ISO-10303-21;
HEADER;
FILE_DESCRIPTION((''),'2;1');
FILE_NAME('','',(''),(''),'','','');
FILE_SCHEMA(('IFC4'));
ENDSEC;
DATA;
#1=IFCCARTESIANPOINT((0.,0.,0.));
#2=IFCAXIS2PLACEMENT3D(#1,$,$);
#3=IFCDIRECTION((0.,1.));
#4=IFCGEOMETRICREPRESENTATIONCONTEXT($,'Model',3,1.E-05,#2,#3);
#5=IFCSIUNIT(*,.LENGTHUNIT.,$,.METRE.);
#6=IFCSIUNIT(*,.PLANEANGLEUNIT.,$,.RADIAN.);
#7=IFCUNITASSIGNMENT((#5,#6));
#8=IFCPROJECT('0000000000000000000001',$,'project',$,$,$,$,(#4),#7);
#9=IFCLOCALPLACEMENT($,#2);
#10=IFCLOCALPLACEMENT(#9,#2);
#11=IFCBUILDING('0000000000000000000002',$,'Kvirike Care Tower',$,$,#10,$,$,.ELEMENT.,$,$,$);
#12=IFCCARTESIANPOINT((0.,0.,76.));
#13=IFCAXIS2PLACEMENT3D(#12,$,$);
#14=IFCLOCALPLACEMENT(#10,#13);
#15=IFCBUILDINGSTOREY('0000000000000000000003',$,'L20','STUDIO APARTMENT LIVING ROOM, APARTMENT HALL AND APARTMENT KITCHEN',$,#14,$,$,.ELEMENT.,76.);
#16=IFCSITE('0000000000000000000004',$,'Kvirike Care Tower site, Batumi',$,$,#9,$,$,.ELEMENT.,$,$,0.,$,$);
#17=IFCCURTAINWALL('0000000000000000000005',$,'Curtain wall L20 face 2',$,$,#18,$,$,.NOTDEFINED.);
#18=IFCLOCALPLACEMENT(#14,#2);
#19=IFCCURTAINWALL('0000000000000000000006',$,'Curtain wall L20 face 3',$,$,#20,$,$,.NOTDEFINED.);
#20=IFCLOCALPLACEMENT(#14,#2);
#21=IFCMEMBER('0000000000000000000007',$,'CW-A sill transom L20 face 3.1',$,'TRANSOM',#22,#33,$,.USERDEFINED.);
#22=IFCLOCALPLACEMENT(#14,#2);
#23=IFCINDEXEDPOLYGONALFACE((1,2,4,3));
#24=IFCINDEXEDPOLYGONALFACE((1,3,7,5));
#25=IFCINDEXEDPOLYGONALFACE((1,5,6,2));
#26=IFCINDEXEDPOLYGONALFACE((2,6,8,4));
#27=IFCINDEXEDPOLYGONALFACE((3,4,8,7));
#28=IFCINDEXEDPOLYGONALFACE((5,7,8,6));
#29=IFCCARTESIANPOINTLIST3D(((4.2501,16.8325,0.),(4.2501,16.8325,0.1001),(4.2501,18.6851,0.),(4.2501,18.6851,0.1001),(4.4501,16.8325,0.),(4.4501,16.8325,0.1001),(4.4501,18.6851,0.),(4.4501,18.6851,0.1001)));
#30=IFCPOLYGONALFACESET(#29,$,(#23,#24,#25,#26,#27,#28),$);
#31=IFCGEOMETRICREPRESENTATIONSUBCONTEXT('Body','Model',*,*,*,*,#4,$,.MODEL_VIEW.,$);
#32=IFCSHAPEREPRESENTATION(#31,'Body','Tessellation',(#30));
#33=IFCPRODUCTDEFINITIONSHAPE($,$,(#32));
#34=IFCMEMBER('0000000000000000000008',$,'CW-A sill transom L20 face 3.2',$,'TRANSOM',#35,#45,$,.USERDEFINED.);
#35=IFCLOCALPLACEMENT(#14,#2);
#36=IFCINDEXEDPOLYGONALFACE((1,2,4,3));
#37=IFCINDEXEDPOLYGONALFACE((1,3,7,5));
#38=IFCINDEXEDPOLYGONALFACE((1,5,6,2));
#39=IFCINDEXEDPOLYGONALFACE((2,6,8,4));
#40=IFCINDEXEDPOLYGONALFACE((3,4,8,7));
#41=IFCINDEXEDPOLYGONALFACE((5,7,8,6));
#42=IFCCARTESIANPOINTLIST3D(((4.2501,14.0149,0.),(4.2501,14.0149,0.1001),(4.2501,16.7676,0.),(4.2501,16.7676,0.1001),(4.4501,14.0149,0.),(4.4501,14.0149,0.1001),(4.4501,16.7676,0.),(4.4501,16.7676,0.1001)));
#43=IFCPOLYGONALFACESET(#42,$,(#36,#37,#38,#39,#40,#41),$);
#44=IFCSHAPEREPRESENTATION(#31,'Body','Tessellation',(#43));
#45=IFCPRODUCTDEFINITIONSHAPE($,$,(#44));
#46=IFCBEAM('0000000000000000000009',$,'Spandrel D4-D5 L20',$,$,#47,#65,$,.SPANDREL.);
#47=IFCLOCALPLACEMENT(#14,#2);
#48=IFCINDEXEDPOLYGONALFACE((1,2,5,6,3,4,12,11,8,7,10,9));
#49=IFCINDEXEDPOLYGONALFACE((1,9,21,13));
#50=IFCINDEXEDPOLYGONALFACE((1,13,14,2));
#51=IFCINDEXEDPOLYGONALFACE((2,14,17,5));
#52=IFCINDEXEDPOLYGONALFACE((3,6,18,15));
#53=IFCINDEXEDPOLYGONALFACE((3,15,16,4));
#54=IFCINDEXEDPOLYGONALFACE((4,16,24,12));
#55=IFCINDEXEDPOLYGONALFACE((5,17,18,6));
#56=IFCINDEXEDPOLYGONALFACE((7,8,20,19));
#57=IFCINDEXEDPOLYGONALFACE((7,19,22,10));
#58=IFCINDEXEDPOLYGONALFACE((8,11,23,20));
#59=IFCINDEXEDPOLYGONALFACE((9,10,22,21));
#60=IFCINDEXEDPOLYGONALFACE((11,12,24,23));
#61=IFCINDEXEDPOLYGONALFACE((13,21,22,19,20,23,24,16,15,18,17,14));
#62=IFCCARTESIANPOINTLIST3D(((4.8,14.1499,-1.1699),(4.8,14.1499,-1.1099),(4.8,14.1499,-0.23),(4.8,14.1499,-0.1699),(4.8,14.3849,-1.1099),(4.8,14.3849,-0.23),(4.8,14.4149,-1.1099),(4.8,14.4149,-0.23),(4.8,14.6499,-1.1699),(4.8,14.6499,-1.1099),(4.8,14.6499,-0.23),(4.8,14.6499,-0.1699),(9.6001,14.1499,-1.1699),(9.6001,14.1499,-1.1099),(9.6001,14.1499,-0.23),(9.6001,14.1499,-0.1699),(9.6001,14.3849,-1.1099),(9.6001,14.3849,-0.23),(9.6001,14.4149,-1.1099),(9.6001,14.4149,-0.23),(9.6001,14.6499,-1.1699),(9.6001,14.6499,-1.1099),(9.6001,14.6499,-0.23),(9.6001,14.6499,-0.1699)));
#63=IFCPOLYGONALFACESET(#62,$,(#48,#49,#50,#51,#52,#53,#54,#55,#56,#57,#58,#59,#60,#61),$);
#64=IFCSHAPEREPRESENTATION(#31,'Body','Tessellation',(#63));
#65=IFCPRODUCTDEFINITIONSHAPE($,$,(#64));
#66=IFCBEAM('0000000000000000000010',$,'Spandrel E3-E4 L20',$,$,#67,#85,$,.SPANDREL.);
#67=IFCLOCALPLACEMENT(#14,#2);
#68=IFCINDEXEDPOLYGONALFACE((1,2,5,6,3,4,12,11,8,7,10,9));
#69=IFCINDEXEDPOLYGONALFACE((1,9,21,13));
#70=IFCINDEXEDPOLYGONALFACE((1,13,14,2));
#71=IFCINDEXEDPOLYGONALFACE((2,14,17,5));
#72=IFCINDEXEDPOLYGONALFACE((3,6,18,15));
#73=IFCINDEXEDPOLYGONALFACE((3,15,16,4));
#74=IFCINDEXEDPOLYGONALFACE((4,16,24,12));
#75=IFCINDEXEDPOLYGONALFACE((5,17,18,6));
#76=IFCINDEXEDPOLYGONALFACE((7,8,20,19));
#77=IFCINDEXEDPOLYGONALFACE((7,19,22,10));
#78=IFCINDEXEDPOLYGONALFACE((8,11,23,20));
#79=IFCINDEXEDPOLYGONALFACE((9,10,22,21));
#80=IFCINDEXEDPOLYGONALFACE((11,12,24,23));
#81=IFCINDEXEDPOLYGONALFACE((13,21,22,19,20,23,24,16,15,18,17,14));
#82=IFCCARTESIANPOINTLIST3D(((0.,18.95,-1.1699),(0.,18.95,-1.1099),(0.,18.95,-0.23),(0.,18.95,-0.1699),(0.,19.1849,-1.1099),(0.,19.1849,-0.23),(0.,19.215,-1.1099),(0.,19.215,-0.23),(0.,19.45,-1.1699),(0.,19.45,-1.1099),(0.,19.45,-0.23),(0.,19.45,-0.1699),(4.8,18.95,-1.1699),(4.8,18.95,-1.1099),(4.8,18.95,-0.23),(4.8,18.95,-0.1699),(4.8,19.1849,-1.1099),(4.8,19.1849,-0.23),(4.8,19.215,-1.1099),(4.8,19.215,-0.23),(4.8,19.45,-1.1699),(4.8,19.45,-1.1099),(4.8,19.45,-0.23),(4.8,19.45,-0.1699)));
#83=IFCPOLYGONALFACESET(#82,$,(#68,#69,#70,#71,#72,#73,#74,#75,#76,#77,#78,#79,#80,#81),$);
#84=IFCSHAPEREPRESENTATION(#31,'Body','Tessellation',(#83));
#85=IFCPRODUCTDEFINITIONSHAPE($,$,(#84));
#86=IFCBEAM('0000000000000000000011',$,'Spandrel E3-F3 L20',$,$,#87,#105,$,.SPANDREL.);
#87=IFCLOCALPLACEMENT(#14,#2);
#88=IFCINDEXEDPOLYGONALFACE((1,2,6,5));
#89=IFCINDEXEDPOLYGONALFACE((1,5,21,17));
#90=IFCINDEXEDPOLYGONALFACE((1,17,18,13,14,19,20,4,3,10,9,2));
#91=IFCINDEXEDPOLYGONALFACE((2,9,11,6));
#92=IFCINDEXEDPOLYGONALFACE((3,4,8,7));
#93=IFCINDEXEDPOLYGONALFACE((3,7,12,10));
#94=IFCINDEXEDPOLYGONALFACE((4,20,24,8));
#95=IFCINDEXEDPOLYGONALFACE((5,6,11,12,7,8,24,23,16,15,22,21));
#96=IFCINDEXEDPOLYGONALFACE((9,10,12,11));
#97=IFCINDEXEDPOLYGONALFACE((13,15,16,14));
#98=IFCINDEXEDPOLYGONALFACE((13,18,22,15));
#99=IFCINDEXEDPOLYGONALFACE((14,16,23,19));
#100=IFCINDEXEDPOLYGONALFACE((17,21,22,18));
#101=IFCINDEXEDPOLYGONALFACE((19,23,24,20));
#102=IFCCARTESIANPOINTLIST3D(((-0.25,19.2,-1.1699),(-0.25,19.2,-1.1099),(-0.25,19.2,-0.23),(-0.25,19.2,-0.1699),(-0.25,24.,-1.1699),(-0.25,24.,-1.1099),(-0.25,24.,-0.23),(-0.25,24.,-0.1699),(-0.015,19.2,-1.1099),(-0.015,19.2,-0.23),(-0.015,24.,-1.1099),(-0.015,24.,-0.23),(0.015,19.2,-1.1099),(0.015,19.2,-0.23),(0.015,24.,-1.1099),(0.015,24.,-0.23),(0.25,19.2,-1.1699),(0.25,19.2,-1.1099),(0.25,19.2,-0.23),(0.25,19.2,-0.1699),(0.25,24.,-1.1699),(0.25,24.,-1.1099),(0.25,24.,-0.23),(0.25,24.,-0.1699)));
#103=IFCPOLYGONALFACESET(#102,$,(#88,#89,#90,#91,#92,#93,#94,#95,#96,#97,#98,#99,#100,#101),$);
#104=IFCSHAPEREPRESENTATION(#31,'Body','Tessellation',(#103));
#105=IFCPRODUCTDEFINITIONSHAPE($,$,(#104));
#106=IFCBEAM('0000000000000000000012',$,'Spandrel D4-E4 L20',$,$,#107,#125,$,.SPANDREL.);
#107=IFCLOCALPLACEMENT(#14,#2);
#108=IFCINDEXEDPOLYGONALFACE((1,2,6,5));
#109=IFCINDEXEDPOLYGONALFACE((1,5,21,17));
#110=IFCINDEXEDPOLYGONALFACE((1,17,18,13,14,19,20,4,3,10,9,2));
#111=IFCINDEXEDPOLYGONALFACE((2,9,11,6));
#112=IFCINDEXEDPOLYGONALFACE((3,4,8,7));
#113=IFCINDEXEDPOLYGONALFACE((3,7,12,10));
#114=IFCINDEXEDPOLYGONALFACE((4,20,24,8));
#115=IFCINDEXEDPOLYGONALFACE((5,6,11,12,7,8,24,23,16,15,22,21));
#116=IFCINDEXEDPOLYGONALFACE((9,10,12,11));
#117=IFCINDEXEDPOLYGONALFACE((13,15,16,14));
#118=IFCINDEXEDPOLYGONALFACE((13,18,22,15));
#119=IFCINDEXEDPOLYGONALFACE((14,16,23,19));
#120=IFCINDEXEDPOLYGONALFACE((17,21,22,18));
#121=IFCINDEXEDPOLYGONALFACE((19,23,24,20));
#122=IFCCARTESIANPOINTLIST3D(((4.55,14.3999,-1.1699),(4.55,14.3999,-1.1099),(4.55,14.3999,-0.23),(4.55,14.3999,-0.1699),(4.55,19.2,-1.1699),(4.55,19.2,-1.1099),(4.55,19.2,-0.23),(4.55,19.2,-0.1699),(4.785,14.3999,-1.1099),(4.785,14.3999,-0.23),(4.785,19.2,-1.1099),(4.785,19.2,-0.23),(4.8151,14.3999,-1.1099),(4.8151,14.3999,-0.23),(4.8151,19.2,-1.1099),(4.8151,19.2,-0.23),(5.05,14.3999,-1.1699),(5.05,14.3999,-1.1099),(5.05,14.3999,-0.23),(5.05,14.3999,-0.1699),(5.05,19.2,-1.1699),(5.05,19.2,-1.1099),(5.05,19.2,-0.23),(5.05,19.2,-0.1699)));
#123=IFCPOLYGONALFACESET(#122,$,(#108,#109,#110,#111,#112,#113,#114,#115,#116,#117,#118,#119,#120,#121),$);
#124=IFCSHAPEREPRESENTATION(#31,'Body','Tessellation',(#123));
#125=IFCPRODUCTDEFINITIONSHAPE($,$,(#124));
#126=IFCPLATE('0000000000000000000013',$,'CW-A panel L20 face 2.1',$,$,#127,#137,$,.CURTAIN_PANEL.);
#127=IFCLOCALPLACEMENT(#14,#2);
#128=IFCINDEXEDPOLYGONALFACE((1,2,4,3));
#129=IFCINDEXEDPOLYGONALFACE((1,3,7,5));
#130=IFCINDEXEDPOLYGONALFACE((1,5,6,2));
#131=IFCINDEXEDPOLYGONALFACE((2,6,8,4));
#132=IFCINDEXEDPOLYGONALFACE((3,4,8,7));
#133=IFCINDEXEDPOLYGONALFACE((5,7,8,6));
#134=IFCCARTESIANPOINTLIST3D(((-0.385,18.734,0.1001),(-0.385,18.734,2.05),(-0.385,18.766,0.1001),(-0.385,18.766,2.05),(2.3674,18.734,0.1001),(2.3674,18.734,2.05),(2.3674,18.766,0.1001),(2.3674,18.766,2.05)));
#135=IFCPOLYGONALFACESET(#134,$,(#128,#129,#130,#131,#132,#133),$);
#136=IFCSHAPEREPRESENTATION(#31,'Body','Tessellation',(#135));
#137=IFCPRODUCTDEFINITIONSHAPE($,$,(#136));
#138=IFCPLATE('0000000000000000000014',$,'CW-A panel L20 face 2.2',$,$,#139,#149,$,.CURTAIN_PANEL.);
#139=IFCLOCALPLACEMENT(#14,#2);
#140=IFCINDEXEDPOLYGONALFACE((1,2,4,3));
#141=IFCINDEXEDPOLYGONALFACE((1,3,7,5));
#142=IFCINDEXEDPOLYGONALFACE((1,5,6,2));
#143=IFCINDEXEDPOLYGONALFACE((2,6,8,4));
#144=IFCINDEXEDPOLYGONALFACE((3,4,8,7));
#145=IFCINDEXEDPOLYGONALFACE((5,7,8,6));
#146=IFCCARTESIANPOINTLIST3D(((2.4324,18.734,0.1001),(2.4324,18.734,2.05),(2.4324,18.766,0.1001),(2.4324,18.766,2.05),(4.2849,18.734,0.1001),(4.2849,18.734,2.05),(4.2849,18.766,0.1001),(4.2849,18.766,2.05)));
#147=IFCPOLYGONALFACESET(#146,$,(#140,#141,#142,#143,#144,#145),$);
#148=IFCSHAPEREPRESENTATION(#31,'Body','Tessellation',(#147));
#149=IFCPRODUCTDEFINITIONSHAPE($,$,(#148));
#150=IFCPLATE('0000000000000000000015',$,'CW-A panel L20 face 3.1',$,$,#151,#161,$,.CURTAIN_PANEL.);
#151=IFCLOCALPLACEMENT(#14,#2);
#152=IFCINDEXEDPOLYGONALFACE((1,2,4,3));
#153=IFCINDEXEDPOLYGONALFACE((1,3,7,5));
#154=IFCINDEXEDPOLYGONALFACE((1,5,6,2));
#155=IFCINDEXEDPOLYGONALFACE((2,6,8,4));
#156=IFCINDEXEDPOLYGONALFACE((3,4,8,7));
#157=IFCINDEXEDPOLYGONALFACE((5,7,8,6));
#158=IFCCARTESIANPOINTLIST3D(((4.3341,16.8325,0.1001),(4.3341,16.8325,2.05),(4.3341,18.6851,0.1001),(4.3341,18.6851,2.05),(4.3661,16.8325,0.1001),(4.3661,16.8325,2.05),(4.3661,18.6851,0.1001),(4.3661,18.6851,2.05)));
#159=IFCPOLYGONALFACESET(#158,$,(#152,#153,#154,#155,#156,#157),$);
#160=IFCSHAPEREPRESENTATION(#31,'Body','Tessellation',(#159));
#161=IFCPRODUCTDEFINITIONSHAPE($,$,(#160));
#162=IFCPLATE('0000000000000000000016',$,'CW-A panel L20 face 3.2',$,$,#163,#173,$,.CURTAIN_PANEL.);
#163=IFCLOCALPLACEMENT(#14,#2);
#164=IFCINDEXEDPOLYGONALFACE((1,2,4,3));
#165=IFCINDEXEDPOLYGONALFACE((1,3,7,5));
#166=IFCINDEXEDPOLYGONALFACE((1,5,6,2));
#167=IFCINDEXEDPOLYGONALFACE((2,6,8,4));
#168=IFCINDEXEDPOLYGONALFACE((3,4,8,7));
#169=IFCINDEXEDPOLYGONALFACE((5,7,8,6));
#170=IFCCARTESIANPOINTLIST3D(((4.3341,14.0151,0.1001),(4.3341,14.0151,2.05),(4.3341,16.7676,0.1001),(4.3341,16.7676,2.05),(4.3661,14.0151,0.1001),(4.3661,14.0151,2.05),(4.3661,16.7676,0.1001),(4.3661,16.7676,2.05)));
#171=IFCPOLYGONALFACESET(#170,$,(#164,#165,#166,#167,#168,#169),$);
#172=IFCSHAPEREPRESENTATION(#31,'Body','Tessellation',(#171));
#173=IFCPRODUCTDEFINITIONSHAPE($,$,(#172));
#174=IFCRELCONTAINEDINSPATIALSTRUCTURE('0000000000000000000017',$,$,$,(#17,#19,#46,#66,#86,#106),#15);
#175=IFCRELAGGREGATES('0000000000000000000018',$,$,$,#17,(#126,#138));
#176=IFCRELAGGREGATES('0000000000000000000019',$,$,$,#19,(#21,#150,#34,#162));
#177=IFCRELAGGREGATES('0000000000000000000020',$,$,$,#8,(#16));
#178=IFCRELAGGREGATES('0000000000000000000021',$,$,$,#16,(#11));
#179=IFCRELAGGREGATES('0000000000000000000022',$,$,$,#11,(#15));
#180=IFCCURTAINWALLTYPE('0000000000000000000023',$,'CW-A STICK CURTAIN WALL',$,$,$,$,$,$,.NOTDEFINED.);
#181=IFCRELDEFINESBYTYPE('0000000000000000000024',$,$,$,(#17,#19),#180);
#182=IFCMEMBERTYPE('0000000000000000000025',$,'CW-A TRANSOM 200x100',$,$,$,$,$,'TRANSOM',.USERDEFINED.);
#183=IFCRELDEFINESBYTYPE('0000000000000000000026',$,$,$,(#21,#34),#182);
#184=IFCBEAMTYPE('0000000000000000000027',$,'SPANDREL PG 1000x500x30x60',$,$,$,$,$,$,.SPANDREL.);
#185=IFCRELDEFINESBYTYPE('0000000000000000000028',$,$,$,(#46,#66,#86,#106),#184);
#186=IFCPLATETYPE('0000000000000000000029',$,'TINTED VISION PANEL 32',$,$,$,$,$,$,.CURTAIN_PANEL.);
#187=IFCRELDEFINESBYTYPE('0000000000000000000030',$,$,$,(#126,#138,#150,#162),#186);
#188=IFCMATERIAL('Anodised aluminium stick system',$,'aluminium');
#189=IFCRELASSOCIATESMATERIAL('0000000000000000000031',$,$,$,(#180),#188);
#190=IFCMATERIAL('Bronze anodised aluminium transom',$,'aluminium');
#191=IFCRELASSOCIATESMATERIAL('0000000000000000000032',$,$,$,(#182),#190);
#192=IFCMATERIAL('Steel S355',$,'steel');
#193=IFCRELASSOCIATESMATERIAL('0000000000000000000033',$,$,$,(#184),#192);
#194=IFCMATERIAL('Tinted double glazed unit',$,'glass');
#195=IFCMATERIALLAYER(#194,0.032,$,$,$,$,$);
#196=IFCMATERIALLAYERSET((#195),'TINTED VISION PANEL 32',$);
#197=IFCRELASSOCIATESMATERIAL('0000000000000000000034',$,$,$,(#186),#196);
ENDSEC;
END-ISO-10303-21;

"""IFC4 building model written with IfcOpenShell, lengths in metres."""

from ifc_helpers import new_model, si_unit, direction, frame, origin, origin_2d, place, context, subcontext, project, spatial, rectangle, i_section, extrude, material, layer, layer_set, material_profile, profile_set, type_object, element, aggregate, save


model = new_model("IFC4")

# Units and contexts
model_context = context("Model", 3, precision=1e-05, world=origin(), true_north=direction((0.0, 1.0)))
body_context = subcontext(model_context, "Body", "Model", "MODEL_VIEW")
ifc_project = project(units=[si_unit("LENGTHUNIT", "METRE"), si_unit("PLANEANGLEUNIT", "RADIAN")], contexts=[model_context])

# Site, building, storey
site_placement = place(None, origin())
site = spatial("IfcSite", under=ifc_project, at=site_placement, Name="Kvirike Care Tower site, Batumi", CompositionType="ELEMENT", RefElevation=0.0)
building_placement = place(site_placement, origin())
building = spatial("IfcBuilding", under=site, at=building_placement, Name="Kvirike Care Tower", CompositionType="ELEMENT")
storey_placement = place(building_placement, frame((0.0, 0.0, 76.0)))
storey = spatial("IfcBuildingStorey", under=building, at=storey_placement, Name="L20", Description="STUDIO APARTMENT LIVING ROOM, APARTMENT HALL AND APARTMENT KITCHEN", CompositionType="ELEMENT", Elevation=76.0)

# Curtain walls
ifc_material_1 = material(Name="Anodised aluminium stick system", Category="aluminium")
curtain_wall_type = type_object("IfcCurtainWallType", Name="CW-A STICK CURTAIN WALL", PredefinedType="NOTDEFINED", material=ifc_material_1)
curtain_wall_1_placement = place(storey_placement, origin())
curtain_wall_1 = element("IfcCurtainWall", 1, at=curtain_wall_1_placement, inside=storey, type_object=curtain_wall_type, Name="Curtain wall L20 face 2", PredefinedType="NOTDEFINED")
curtain_wall_2_placement = place(storey_placement, origin())
curtain_wall_2 = element("IfcCurtainWall", 2, at=curtain_wall_2_placement, inside=storey, type_object=curtain_wall_type, Name="Curtain wall L20 face 3", PredefinedType="NOTDEFINED")

# Members
ifc_material_2 = material(Name="Bronze anodised aluminium transom", Category="aluminium")
ifc_material_profile_1 = material_profile(ifc_material_2, rectangle(XDim=0.2, YDim=0.1001, at=origin_2d()), Name="CW-A TRANSOM 200x100")
ifc_profile_set_1 = profile_set([ifc_material_profile_1], Name="Bronze anodised aluminium transom")
member_type_1 = type_object("IfcMemberType", Name="CW-A TRANSOM 200x100", ElementType="TRANSOM", PredefinedType="USERDEFINED", material=ifc_profile_set_1)
member_1_placement = place(storey_placement, frame((4.3501, 18.6851, 0.05), z_axis=(0.0, -1.0, 0.0), x_axis=(1.0, 0.0, 0.0)))
member_1 = element("IfcMember", 3, at=member_1_placement, type_object=member_type_1, Name="CW-A sill transom L20 face 3.1", ObjectType="TRANSOM", PredefinedType="USERDEFINED", context=body_context, shape_type="SweptSolid", body=[
    extrude(rectangle(XDim=0.2, YDim=0.1001, at=origin_2d()), origin(), (0.0, 0.0, 1.0), 1.8525),
])
member_2_placement = place(storey_placement, frame((4.3501, 16.7676, 0.05), z_axis=(0.0, -1.0, 0.0), x_axis=(1.0, 0.0, 0.0)))
member_2 = element("IfcMember", 4, at=member_2_placement, type_object=member_type_1, Name="CW-A sill transom L20 face 3.2", ObjectType="TRANSOM", PredefinedType="USERDEFINED", context=body_context, shape_type="SweptSolid", body=[
    extrude(rectangle(XDim=0.2, YDim=0.1001, at=origin_2d()), origin(), (0.0, 0.0, 1.0), 2.7527),
])

# Beams
ifc_material_3 = material(Name="Steel S355", Category="steel")
ifc_material_profile_2 = material_profile(ifc_material_3, i_section(OverallWidth=0.5, OverallDepth=1.0, WebThickness=0.03, FlangeThickness=0.0601, at=origin_2d()), Name="PG 1000x500x30x60")
ifc_profile_set_2 = profile_set([ifc_material_profile_2], Name="Steel S355")
beam_type = type_object("IfcBeamType", Name="SPANDREL PG 1000x500x30x60", PredefinedType="SPANDREL", material=ifc_profile_set_2)
for number, where, z_axis, x_axis, name in (
    (5, (4.8, 14.3999, -0.6699), (1.0, 0.0, 0.0), (0.0, 1.0, 0.0), "Spandrel D4-D5 L20"),
    (6, (0.0, 19.2, -0.6699), (1.0, 0.0, 0.0), (0.0, 1.0, 0.0), "Spandrel E3-E4 L20"),
    (7, (0.0, 19.2, -0.6699), (0.0, 1.0, 0.0), (-1.0, 0.0, 0.0), "Spandrel E3-F3 L20"),
    (8, (4.8, 14.3999, -0.6699), (0.0, 1.0, 0.0), (-1.0, 0.0, 0.0), "Spandrel D4-E4 L20"),
):
    element("IfcBeam", number, at=place(storey_placement, frame(where, z_axis=z_axis, x_axis=x_axis)), inside=storey, type_object=beam_type, Name=name, PredefinedType="SPANDREL", context=body_context, shape_type="SweptSolid", body=[
        extrude(i_section(OverallWidth=0.5, OverallDepth=1.0, WebThickness=0.03, FlangeThickness=0.0601, at=origin_2d()), origin(), (0.0, 0.0, 1.0), 4.8),
    ])

# Plates
ifc_material_4 = material(Name="Tinted double glazed unit", Category="glass")
ifc_layer = layer(ifc_material_4, 0.032)
ifc_layer_set = layer_set([ifc_layer], Name="TINTED VISION PANEL 32")
plate_type = type_object("IfcPlateType", Name="TINTED VISION PANEL 32", PredefinedType="CURTAIN_PANEL", material=ifc_layer_set)
plate_1_placement = place(storey_placement, frame((0.9912, 18.75, 0.1001), z_axis=(0.0, 0.0, 1.0), x_axis=(1.0, 0.0, 0.0)))
plate_1 = element("IfcPlate", 9, at=plate_1_placement, type_object=plate_type, Name="CW-A panel L20 face 2.1", PredefinedType="CURTAIN_PANEL", context=body_context, shape_type="SweptSolid", body=[
    extrude(rectangle(XDim=2.7524, YDim=0.032, at=origin_2d()), origin(), (0.0, 0.0, 1.0), 1.95),
])
plate_2_placement = place(storey_placement, frame((3.3586, 18.75, 0.1001), z_axis=(0.0, 0.0, 1.0), x_axis=(1.0, 0.0, 0.0)))
plate_2 = element("IfcPlate", 10, at=plate_2_placement, type_object=plate_type, Name="CW-A panel L20 face 2.2", PredefinedType="CURTAIN_PANEL", context=body_context, shape_type="SweptSolid", body=[
    extrude(rectangle(XDim=1.8525, YDim=0.032, at=origin_2d()), origin(), (0.0, 0.0, 1.0), 1.95),
])
aggregate(curtain_wall_1, [plate_1, plate_2])
plate_3_placement = place(storey_placement, frame((4.3501, 17.7588, 0.1001), z_axis=(0.0, 0.0, 1.0), x_axis=(0.0, -1.0, 0.0)))
plate_3 = element("IfcPlate", 11, at=plate_3_placement, type_object=plate_type, Name="CW-A panel L20 face 3.1", PredefinedType="CURTAIN_PANEL", context=body_context, shape_type="SweptSolid", body=[
    extrude(rectangle(XDim=1.8525, YDim=0.032, at=origin_2d()), origin(), (0.0, 0.0, 1.0), 1.95),
])
plate_4_placement = place(storey_placement, frame((4.3501, 15.3914, 0.1001), z_axis=(0.0, 0.0, 1.0), x_axis=(0.0, -1.0, 0.0)))
plate_4 = element("IfcPlate", 12, at=plate_4_placement, type_object=plate_type, Name="CW-A panel L20 face 3.2", PredefinedType="CURTAIN_PANEL", context=body_context, shape_type="SweptSolid", body=[
    extrude(rectangle(XDim=2.7524, YDim=0.032, at=origin_2d()), origin(), (0.0, 0.0, 1.0), 1.95),
])
aggregate(curtain_wall_2, [member_1, plate_3, member_2, plate_4])

save(model, "model.ifc")
